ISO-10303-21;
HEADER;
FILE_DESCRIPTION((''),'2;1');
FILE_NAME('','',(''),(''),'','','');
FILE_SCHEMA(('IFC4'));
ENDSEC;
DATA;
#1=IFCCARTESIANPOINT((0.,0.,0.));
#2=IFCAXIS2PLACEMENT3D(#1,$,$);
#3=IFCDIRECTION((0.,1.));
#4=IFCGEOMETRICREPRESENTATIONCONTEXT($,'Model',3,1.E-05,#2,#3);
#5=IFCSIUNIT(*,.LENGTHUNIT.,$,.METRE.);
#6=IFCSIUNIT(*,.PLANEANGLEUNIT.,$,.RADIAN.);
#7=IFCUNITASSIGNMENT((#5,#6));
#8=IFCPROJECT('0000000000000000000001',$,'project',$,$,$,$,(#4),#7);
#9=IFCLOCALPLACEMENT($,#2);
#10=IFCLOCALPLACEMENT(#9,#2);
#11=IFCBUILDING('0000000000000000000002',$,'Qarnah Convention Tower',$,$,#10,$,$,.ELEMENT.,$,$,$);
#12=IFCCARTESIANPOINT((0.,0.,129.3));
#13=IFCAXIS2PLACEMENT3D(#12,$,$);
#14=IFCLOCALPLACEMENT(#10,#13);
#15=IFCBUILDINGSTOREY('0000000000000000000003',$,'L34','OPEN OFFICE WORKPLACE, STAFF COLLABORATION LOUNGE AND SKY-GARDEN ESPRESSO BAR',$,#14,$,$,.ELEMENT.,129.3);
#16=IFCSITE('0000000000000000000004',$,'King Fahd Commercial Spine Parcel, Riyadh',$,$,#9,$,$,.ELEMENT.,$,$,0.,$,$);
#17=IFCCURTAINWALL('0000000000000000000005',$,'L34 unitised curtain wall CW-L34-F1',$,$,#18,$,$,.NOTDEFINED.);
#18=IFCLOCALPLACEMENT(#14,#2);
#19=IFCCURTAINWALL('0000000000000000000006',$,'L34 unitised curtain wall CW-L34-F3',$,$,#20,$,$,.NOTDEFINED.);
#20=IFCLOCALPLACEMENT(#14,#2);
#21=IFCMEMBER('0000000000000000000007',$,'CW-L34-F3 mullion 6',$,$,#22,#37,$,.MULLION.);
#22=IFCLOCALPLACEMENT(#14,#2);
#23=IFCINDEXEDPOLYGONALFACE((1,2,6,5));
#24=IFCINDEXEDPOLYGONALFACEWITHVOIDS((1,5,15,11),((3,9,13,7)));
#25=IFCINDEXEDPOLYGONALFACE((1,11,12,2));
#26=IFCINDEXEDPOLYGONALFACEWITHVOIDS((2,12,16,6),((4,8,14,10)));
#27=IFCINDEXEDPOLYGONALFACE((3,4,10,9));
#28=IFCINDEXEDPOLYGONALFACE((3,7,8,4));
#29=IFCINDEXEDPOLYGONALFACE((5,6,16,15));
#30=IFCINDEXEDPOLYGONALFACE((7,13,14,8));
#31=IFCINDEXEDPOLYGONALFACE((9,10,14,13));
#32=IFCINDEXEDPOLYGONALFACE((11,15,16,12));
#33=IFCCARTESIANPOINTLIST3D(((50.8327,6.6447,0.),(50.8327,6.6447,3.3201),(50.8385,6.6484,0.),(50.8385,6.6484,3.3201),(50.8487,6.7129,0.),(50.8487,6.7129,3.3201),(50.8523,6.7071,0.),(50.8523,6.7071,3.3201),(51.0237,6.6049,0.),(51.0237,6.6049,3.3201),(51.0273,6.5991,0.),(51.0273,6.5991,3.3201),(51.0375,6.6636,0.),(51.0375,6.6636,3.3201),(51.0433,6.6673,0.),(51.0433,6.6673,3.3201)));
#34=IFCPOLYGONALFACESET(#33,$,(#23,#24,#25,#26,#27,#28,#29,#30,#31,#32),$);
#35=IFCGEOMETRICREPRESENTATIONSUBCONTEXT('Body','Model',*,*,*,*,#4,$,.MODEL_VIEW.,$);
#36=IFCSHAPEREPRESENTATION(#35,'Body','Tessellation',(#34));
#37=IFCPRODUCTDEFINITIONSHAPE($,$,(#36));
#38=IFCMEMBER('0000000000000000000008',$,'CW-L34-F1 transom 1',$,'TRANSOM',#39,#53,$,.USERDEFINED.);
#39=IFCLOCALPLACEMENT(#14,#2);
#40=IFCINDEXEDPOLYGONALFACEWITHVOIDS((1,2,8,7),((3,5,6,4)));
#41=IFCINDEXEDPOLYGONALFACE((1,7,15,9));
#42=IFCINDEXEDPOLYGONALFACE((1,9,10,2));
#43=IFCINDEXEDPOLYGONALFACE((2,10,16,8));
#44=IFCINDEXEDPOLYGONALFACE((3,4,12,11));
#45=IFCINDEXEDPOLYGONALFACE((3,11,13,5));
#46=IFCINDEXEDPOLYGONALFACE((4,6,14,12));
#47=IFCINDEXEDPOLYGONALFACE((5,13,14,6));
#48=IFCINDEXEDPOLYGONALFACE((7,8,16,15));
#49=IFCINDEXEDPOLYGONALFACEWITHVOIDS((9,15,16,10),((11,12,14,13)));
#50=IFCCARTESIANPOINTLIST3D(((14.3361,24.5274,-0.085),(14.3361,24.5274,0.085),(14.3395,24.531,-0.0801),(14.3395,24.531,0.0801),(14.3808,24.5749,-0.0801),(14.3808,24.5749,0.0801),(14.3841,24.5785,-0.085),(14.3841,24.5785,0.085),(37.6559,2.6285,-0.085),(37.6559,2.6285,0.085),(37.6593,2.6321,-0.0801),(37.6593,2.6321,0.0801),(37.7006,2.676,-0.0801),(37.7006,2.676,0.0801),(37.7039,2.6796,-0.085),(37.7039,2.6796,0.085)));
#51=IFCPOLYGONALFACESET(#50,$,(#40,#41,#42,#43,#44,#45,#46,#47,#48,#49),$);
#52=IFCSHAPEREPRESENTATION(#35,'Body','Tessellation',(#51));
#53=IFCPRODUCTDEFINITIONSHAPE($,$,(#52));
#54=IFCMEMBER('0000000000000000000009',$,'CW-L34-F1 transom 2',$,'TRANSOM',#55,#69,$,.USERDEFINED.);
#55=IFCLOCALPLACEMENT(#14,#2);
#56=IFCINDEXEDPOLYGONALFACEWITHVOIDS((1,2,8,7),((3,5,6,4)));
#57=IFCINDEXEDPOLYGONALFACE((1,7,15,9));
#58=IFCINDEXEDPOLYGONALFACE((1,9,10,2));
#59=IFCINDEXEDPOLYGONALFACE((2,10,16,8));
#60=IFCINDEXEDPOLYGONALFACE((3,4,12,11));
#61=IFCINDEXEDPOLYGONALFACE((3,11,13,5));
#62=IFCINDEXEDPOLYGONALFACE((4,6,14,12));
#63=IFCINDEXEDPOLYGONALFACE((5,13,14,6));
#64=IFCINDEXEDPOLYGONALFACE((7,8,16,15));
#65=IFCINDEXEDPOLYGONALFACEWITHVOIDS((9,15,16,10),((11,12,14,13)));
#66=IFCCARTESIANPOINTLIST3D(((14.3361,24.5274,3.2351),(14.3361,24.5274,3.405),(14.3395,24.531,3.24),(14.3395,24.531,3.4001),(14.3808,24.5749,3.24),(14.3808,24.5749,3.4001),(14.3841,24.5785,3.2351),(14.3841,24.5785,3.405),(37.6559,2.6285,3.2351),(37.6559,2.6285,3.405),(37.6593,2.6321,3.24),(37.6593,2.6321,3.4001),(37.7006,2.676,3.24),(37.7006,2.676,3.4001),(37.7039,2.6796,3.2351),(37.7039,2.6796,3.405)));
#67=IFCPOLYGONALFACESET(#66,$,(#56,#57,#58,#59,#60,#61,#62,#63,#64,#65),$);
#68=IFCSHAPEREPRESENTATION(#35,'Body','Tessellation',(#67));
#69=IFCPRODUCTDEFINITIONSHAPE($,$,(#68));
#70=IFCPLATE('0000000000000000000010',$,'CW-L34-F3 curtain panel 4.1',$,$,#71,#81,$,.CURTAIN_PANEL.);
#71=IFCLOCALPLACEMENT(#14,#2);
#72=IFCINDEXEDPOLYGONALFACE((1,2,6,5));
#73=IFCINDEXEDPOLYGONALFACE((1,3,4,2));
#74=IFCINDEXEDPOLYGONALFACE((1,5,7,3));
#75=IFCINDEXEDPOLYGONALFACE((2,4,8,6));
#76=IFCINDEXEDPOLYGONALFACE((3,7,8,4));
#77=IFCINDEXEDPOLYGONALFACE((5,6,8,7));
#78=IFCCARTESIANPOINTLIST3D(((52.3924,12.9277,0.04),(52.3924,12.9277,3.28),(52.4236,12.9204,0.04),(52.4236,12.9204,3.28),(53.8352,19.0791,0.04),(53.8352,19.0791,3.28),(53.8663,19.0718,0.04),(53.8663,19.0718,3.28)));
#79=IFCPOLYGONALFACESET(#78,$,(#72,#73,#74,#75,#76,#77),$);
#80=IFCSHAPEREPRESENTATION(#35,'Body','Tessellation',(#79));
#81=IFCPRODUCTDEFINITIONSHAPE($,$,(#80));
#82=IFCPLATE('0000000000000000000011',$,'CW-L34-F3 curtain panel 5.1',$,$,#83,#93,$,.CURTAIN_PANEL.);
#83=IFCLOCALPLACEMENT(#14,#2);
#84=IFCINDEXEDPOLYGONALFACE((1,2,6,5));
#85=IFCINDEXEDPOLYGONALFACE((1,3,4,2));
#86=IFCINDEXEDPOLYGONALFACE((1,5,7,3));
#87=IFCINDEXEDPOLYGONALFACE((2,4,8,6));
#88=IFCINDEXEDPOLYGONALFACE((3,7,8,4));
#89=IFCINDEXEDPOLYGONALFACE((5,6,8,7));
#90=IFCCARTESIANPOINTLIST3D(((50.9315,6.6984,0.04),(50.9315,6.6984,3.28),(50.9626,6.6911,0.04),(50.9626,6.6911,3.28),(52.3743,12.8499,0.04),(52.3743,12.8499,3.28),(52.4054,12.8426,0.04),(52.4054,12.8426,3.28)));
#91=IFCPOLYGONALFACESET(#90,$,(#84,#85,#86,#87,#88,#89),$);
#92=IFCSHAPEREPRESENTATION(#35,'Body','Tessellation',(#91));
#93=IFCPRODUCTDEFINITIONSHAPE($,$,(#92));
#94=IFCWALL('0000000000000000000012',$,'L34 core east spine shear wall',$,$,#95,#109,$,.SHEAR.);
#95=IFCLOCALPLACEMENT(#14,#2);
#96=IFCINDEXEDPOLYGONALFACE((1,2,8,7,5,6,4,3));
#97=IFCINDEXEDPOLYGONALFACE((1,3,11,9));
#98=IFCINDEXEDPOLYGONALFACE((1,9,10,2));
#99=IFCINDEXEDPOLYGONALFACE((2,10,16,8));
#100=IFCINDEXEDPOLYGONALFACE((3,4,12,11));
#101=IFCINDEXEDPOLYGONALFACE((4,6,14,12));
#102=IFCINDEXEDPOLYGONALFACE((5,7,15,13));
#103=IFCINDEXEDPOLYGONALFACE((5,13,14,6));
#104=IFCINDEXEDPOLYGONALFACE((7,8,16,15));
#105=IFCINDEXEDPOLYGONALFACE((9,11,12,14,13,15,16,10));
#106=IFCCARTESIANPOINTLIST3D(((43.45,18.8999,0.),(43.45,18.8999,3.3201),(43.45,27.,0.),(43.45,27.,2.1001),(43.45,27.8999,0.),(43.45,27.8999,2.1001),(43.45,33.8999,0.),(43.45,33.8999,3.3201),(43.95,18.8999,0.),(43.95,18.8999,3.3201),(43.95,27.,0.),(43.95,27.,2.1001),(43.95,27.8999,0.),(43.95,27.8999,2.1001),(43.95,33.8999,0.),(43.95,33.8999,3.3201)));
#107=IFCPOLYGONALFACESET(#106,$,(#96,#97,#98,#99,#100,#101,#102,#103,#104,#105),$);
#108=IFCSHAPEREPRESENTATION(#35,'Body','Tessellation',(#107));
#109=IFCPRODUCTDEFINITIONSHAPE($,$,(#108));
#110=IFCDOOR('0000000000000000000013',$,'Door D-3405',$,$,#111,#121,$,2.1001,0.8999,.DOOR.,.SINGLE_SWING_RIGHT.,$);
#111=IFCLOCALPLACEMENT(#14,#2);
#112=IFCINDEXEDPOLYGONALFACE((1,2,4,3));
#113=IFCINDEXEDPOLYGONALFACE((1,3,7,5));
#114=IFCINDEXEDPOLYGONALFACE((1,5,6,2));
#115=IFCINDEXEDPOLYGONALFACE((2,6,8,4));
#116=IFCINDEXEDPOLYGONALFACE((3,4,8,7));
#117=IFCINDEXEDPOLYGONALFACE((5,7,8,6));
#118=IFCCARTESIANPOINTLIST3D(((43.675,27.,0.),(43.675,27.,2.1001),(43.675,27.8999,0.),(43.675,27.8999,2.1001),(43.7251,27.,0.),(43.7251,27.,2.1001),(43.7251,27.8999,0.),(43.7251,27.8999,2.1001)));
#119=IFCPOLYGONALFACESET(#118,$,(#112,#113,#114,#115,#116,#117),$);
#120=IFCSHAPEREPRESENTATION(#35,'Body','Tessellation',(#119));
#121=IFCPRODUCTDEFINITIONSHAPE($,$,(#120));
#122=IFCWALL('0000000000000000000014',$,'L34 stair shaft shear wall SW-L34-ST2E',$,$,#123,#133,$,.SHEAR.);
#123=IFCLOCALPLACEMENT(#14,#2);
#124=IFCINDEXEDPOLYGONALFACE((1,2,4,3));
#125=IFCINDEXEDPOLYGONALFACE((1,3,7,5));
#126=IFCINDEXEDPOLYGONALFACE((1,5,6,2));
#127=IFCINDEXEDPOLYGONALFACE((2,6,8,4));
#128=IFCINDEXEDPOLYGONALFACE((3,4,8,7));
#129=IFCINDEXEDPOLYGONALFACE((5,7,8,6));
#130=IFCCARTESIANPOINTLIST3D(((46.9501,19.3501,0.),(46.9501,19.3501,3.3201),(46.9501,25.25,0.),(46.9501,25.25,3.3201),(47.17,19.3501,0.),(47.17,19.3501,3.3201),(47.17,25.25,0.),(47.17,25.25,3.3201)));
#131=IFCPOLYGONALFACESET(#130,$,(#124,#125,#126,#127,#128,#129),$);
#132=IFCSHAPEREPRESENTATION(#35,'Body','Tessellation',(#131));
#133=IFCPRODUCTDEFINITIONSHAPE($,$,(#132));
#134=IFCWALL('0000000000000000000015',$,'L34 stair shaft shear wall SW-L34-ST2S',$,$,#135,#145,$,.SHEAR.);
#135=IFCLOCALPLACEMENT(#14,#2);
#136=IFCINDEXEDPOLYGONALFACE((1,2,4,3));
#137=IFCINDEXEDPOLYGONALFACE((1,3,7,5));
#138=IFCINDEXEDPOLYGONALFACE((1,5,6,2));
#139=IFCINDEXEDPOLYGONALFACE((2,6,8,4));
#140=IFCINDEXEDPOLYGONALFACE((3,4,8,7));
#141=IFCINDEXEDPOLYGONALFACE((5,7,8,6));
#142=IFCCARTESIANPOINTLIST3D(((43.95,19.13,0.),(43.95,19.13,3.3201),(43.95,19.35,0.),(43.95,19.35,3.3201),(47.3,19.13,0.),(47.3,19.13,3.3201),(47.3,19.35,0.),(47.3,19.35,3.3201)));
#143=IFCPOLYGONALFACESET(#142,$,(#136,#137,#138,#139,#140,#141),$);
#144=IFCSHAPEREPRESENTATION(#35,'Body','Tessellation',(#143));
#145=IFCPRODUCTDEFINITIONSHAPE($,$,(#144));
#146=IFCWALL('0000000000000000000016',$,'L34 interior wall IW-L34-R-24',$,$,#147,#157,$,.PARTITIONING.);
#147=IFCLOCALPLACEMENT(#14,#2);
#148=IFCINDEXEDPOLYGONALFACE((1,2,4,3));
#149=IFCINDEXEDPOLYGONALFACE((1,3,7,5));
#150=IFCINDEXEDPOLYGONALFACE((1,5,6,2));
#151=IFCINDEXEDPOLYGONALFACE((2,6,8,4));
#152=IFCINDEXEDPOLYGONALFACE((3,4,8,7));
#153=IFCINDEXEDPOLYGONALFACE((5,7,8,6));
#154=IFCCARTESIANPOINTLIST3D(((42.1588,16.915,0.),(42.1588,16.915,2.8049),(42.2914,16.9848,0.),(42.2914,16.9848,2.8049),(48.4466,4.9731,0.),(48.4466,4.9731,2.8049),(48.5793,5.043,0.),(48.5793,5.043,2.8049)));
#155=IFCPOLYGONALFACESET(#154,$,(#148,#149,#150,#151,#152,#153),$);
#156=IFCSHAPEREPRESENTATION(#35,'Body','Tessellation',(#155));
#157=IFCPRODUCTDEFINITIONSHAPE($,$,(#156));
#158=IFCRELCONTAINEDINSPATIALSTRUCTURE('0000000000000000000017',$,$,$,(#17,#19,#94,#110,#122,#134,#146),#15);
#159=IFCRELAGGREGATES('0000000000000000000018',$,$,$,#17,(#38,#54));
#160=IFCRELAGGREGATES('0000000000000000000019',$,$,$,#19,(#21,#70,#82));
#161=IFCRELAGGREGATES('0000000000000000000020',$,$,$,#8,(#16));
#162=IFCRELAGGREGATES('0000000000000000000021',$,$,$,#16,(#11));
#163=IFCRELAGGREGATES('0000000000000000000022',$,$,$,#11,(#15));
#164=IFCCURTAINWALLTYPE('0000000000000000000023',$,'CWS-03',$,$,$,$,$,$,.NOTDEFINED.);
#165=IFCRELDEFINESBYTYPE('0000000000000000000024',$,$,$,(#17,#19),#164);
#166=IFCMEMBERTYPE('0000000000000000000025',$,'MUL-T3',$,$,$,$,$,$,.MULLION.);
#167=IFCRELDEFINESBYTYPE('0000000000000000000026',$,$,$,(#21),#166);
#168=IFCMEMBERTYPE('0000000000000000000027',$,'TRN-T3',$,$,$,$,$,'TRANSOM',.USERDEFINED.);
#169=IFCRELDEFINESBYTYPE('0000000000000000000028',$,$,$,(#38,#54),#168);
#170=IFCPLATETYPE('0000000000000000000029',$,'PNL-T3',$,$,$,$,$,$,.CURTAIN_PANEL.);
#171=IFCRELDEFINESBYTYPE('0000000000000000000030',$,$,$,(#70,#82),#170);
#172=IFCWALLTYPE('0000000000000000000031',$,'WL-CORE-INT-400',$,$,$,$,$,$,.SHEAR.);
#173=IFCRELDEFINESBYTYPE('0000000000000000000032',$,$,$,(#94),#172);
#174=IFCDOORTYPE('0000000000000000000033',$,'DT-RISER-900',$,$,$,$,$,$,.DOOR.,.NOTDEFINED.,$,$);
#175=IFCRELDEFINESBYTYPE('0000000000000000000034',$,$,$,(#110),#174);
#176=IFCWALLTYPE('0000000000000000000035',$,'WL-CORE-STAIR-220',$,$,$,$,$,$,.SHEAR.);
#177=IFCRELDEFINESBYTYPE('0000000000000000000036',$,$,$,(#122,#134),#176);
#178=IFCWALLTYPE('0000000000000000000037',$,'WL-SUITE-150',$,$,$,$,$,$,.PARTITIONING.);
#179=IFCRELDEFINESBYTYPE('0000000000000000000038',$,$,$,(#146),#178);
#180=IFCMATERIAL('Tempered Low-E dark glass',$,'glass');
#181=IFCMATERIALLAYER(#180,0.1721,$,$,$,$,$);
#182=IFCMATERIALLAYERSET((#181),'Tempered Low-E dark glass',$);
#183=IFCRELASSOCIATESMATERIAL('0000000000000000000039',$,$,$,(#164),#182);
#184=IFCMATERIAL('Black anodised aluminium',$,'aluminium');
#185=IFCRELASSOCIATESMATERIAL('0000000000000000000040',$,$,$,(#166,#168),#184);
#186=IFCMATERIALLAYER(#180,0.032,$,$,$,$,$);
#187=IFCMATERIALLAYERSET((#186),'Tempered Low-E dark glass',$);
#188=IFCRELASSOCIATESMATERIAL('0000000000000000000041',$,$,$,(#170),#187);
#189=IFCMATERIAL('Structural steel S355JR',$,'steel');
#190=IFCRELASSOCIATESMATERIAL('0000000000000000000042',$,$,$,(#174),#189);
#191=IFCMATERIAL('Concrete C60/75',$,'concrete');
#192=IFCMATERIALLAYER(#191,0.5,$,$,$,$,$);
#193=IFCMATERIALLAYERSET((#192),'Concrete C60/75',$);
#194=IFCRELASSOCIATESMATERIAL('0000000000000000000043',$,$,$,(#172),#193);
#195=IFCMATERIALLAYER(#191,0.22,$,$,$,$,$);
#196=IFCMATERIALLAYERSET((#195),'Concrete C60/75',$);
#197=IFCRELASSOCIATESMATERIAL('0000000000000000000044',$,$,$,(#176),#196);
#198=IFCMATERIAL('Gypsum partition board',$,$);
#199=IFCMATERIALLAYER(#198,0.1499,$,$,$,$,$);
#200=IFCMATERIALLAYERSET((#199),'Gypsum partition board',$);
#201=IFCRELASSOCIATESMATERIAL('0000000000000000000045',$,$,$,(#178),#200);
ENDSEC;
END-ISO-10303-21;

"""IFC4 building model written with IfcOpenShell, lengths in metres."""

from ifc_helpers import new_model, si_unit, direction, frame, frame_2d, origin, origin_2d, place, context, subcontext, project, spatial, rectangle, hollow_rectangle, extrude, material, layer, layer_set, material_profile, profile_set, type_object, element, fill, aggregate, save


model = new_model("IFC4")

# Units and contexts
model_context = context("Model", 3, precision=1e-05, world=origin(), true_north=direction((0.0, 1.0)))
body_context = subcontext(model_context, "Body", "Model", "MODEL_VIEW")
ifc_project = project(units=[si_unit("LENGTHUNIT", "METRE"), si_unit("PLANEANGLEUNIT", "RADIAN")], contexts=[model_context])

# Site, building, storey
site_placement = place(None, origin())
site = spatial("IfcSite", under=ifc_project, at=site_placement, Name="King Fahd Commercial Spine Parcel, Riyadh", CompositionType="ELEMENT", RefElevation=0.0)
building_placement = place(site_placement, origin())
building = spatial("IfcBuilding", under=site, at=building_placement, Name="Qarnah Convention Tower", CompositionType="ELEMENT")
storey_placement = place(building_placement, frame((0.0, 0.0, 129.3)))
storey = spatial("IfcBuildingStorey", under=building, at=storey_placement, Name="L34", Description="OPEN OFFICE WORKPLACE, STAFF COLLABORATION LOUNGE AND SKY-GARDEN ESPRESSO BAR", CompositionType="ELEMENT", Elevation=129.3)

# Shared definitions
ifc_material_1 = material(Name="Concrete C60/75", Category="concrete")

# Shared definitions
ifc_material_2 = material(Name="Structural steel S355JR", Category="steel")

# Curtain wall
ifc_material_3 = material(Name="Tempered Low-E dark glass", Category="glass")
ifc_layer_1 = layer(ifc_material_3, 0.1721)
ifc_layer_set_1 = layer_set([ifc_layer_1], Name="Tempered Low-E dark glass")
curtain_wall_type = type_object("IfcCurtainWallType", Name="CWS-03", PredefinedType="NOTDEFINED", material=ifc_layer_set_1)
curtain_wall_1_placement = place(storey_placement, origin())
curtain_wall_1 = element("IfcCurtainWall", 1, at=curtain_wall_1_placement, inside=storey, type_object=curtain_wall_type, Name="L34 unitised curtain wall CW-L34-F1", PredefinedType="NOTDEFINED")
ifc_material_4 = material(Name="Black anodised aluminium", Category="aluminium")
ifc_material_profile_1 = material_profile(ifc_material_4, hollow_rectangle(XDim=0.0701, YDim=0.2, WallThickness=0.0049, at=origin_2d()), Name="MUL-70X200")
ifc_profile_set_1 = profile_set([ifc_material_profile_1], Name="Black anodised aluminium")
member_type_1 = type_object("IfcMemberType", Name="MUL-T3", PredefinedType="MULLION", material=ifc_profile_set_1)

# Curtain wall, member
curtain_wall_2_placement = place(storey_placement, origin())
curtain_wall_2 = element("IfcCurtainWall", 2, at=curtain_wall_2_placement, inside=storey, type_object=curtain_wall_type, Name="L34 unitised curtain wall CW-L34-F3", PredefinedType="NOTDEFINED")
member_1_placement = place(storey_placement, frame((50.938, 6.656, 0.0), z_axis=(0.0, 0.0, 1.0), x_axis=(-0.228344, -0.97358, 0.0)))
member_1 = element("IfcMember", 3, at=member_1_placement, type_object=member_type_1, Name="CW-L34-F3 mullion 6", PredefinedType="MULLION", context=body_context, shape_type="SweptSolid", body=[
    extrude(hollow_rectangle(XDim=0.0701, YDim=0.2, WallThickness=0.0049, at=origin_2d()), origin(), (0.0, 0.0, 1.0), 3.3201),
])

# Members
ifc_material_profile_2 = material_profile(ifc_material_4, hollow_rectangle(XDim=0.0701, YDim=0.1699, WallThickness=0.0049, at=origin_2d()), Name="TRN-70X170")
ifc_profile_set_2 = profile_set([ifc_material_profile_2], Name="Black anodised aluminium")
member_type_2 = type_object("IfcMemberType", Name="TRN-T3", ElementType="TRANSOM", PredefinedType="USERDEFINED", material=ifc_profile_set_2)
member_2_placement = place(storey_placement, frame((37.6799, 2.6541, 0.0), z_axis=(-0.728966, 0.68455, 0.0), x_axis=(-0.68455, -0.728966, 0.0)))
member_2 = element("IfcMember", 4, at=member_2_placement, type_object=member_type_2, Name="CW-L34-F1 transom 1", ObjectType="TRANSOM", PredefinedType="USERDEFINED", context=body_context, shape_type="SweptSolid", body=[
    extrude(hollow_rectangle(XDim=0.0701, YDim=0.1699, WallThickness=0.0049, at=origin_2d()), origin(), (0.0, 0.0, 1.0), 31.9902),
])
member_3_placement = place(storey_placement, frame((37.6799, 2.6541, 3.3201), z_axis=(-0.728966, 0.68455, 0.0), x_axis=(-0.68455, -0.728966, 0.0)))
member_3 = element("IfcMember", 5, at=member_3_placement, type_object=member_type_2, Name="CW-L34-F1 transom 2", ObjectType="TRANSOM", PredefinedType="USERDEFINED", context=body_context, shape_type="SweptSolid", body=[
    extrude(hollow_rectangle(XDim=0.0701, YDim=0.1699, WallThickness=0.0049, at=origin_2d()), origin(), (0.0, 0.0, 1.0), 31.9902),
])
aggregate(curtain_wall_1, [member_2, member_3])

# Plates
ifc_layer_2 = layer(ifc_material_3, 0.032)
ifc_layer_set_2 = layer_set([ifc_layer_2], Name="Tempered Low-E dark glass")
plate_type = type_object("IfcPlateType", Name="PNL-T3", PredefinedType="CURTAIN_PANEL", material=ifc_layer_set_2)
plate_1_placement = place(storey_placement, frame((53.1294, 15.9998, 0.04), z_axis=(0.0, 0.0, 1.0), x_axis=(-0.228344, -0.97358, 0.0)))
plate_1 = element("IfcPlate", 6, at=plate_1_placement, type_object=plate_type, Name="CW-L34-F3 curtain panel 4.1", PredefinedType="CURTAIN_PANEL", context=body_context, shape_type="SweptSolid", body=[
    extrude(rectangle(XDim=6.3184, YDim=0.032, at=origin_2d()), origin(), (0.0, 0.0, 1.0), 3.24),
])
plate_2_placement = place(storey_placement, frame((51.6685, 9.7705, 0.04), z_axis=(0.0, 0.0, 1.0), x_axis=(-0.228344, -0.97358, 0.0)))
plate_2 = element("IfcPlate", 7, at=plate_2_placement, type_object=plate_type, Name="CW-L34-F3 curtain panel 5.1", PredefinedType="CURTAIN_PANEL", context=body_context, shape_type="SweptSolid", body=[
    extrude(rectangle(XDim=6.3184, YDim=0.032, at=origin_2d()), origin(), (0.0, 0.0, 1.0), 3.24),
])
aggregate(curtain_wall_2, [member_1, plate_1, plate_2])

# Shared definitions
door_type_1 = type_object("IfcDoorType", Name="DT-RISER-900", OperationType="NOTDEFINED", PredefinedType="DOOR", material=ifc_material_2)

# Wall, opening, door
ifc_layer_3 = layer(ifc_material_1, 0.5)
ifc_layer_set_3 = layer_set([ifc_layer_3], Name="Concrete C60/75")
wall_type_1 = type_object("IfcWallType", Name="WL-CORE-INT-400", PredefinedType="SHEAR", material=ifc_layer_set_3)
wall_1_placement = place(storey_placement, frame((43.7, 18.8999, 0.0), z_axis=(0.0, 0.0, 1.0), x_axis=(0.0, 1.0, 0.0)))
wall_1 = element("IfcWall", 8, at=wall_1_placement, inside=storey, type_object=wall_type_1, Name="L34 core east spine shear wall", PredefinedType="SHEAR", context=body_context, shape_type="SweptSolid", body=[
    extrude(rectangle(XDim=15.0, YDim=0.5, at=frame_2d((7.5, 0.0))), origin(), (0.0, 0.0, 1.0), 3.3201),
])
opening_1_placement = place(wall_1_placement, frame((8.1001, 0.0, 0.0)))
opening_1 = element("IfcOpeningElement", 9, at=opening_1_placement, cuts=wall_1, PredefinedType="OPENING", context=body_context, shape_type="SweptSolid", body=[
    extrude(rectangle(XDim=0.8999, YDim=2.1001, at=frame_2d((0.45, 1.05))), frame((0.0, 0.26, 0.0), z_axis=(0.0, -1.0, 0.0), x_axis=(1.0, 0.0, 0.0)), (0.0, 0.0, 1.0), 0.52),
])
door_1_placement = place(opening_1_placement, origin())
door_1 = element("IfcDoor", 10, at=door_1_placement, inside=storey, type_object=door_type_1, Name="Door D-3405", OperationType="SINGLE_SWING_RIGHT", OverallHeight=2.1001, OverallWidth=0.8999, PredefinedType="DOOR", context=body_context, shape_type="SweptSolid", body=[
    extrude(rectangle(XDim=0.8999, YDim=2.1001, at=frame_2d((0.45, 1.05))), frame((0.0, 0.0249, 0.0), z_axis=(0.0, -1.0, 0.0), x_axis=(1.0, 0.0, 0.0)), (0.0, 0.0, 1.0), 0.05),
])
fill(opening_1, door_1)

# Walls
ifc_layer_4 = layer(ifc_material_1, 0.22)
ifc_layer_set_4 = layer_set([ifc_layer_4], Name="Concrete C60/75")
wall_type_2 = type_object("IfcWallType", Name="WL-CORE-STAIR-220", PredefinedType="SHEAR", material=ifc_layer_set_4)
wall_2_placement = place(storey_placement, frame((47.0601, 19.3501, 0.0), z_axis=(0.0, 0.0, 1.0), x_axis=(0.0, 1.0, 0.0)))
element("IfcWall", 11, at=wall_2_placement, inside=storey, type_object=wall_type_2, Name="L34 stair shaft shear wall SW-L34-ST2E", PredefinedType="SHEAR", context=body_context, shape_type="SweptSolid", body=[
    extrude(rectangle(XDim=5.8999, YDim=0.22, at=frame_2d((2.95, 0.0))), origin(), (0.0, 0.0, 1.0), 3.3201),
])
wall_3_placement = place(storey_placement, frame((43.95, 19.24, 0.0), z_axis=(0.0, 0.0, 1.0), x_axis=(1.0, 0.0, 0.0)))
element("IfcWall", 12, at=wall_3_placement, inside=storey, type_object=wall_type_2, Name="L34 stair shaft shear wall SW-L34-ST2S", PredefinedType="SHEAR", context=body_context, shape_type="SweptSolid", body=[
    extrude(rectangle(XDim=3.3501, YDim=0.22, at=frame_2d((1.675, 0.0))), origin(), (0.0, 0.0, 1.0), 3.3201),
])

# Wall
ifc_material_5 = material(Name="Gypsum partition board")
ifc_layer_5 = layer(ifc_material_5, 0.1499)
ifc_layer_set_5 = layer_set([ifc_layer_5], Name="Gypsum partition board")
wall_type_3 = type_object("IfcWallType", Name="WL-SUITE-150", PredefinedType="PARTITIONING", material=ifc_layer_set_5)
wall_4_placement = place(storey_placement, frame((48.5129, 5.0081, 0.0), z_axis=(0.0, 0.0, 1.0), x_axis=(-0.465899, 0.884838, 0.0)))
element("IfcWall", 13, at=wall_4_placement, inside=storey, type_object=wall_type_3, Name="L34 interior wall IW-L34-R-24", PredefinedType="PARTITIONING", context=body_context, shape_type="SweptSolid", body=[
    extrude(rectangle(XDim=13.4961, YDim=0.1499, at=frame_2d((6.748, 0.0))), origin(), (0.0, 0.0, 1.0), 2.8049),
])

save(model, "model.ifc")
